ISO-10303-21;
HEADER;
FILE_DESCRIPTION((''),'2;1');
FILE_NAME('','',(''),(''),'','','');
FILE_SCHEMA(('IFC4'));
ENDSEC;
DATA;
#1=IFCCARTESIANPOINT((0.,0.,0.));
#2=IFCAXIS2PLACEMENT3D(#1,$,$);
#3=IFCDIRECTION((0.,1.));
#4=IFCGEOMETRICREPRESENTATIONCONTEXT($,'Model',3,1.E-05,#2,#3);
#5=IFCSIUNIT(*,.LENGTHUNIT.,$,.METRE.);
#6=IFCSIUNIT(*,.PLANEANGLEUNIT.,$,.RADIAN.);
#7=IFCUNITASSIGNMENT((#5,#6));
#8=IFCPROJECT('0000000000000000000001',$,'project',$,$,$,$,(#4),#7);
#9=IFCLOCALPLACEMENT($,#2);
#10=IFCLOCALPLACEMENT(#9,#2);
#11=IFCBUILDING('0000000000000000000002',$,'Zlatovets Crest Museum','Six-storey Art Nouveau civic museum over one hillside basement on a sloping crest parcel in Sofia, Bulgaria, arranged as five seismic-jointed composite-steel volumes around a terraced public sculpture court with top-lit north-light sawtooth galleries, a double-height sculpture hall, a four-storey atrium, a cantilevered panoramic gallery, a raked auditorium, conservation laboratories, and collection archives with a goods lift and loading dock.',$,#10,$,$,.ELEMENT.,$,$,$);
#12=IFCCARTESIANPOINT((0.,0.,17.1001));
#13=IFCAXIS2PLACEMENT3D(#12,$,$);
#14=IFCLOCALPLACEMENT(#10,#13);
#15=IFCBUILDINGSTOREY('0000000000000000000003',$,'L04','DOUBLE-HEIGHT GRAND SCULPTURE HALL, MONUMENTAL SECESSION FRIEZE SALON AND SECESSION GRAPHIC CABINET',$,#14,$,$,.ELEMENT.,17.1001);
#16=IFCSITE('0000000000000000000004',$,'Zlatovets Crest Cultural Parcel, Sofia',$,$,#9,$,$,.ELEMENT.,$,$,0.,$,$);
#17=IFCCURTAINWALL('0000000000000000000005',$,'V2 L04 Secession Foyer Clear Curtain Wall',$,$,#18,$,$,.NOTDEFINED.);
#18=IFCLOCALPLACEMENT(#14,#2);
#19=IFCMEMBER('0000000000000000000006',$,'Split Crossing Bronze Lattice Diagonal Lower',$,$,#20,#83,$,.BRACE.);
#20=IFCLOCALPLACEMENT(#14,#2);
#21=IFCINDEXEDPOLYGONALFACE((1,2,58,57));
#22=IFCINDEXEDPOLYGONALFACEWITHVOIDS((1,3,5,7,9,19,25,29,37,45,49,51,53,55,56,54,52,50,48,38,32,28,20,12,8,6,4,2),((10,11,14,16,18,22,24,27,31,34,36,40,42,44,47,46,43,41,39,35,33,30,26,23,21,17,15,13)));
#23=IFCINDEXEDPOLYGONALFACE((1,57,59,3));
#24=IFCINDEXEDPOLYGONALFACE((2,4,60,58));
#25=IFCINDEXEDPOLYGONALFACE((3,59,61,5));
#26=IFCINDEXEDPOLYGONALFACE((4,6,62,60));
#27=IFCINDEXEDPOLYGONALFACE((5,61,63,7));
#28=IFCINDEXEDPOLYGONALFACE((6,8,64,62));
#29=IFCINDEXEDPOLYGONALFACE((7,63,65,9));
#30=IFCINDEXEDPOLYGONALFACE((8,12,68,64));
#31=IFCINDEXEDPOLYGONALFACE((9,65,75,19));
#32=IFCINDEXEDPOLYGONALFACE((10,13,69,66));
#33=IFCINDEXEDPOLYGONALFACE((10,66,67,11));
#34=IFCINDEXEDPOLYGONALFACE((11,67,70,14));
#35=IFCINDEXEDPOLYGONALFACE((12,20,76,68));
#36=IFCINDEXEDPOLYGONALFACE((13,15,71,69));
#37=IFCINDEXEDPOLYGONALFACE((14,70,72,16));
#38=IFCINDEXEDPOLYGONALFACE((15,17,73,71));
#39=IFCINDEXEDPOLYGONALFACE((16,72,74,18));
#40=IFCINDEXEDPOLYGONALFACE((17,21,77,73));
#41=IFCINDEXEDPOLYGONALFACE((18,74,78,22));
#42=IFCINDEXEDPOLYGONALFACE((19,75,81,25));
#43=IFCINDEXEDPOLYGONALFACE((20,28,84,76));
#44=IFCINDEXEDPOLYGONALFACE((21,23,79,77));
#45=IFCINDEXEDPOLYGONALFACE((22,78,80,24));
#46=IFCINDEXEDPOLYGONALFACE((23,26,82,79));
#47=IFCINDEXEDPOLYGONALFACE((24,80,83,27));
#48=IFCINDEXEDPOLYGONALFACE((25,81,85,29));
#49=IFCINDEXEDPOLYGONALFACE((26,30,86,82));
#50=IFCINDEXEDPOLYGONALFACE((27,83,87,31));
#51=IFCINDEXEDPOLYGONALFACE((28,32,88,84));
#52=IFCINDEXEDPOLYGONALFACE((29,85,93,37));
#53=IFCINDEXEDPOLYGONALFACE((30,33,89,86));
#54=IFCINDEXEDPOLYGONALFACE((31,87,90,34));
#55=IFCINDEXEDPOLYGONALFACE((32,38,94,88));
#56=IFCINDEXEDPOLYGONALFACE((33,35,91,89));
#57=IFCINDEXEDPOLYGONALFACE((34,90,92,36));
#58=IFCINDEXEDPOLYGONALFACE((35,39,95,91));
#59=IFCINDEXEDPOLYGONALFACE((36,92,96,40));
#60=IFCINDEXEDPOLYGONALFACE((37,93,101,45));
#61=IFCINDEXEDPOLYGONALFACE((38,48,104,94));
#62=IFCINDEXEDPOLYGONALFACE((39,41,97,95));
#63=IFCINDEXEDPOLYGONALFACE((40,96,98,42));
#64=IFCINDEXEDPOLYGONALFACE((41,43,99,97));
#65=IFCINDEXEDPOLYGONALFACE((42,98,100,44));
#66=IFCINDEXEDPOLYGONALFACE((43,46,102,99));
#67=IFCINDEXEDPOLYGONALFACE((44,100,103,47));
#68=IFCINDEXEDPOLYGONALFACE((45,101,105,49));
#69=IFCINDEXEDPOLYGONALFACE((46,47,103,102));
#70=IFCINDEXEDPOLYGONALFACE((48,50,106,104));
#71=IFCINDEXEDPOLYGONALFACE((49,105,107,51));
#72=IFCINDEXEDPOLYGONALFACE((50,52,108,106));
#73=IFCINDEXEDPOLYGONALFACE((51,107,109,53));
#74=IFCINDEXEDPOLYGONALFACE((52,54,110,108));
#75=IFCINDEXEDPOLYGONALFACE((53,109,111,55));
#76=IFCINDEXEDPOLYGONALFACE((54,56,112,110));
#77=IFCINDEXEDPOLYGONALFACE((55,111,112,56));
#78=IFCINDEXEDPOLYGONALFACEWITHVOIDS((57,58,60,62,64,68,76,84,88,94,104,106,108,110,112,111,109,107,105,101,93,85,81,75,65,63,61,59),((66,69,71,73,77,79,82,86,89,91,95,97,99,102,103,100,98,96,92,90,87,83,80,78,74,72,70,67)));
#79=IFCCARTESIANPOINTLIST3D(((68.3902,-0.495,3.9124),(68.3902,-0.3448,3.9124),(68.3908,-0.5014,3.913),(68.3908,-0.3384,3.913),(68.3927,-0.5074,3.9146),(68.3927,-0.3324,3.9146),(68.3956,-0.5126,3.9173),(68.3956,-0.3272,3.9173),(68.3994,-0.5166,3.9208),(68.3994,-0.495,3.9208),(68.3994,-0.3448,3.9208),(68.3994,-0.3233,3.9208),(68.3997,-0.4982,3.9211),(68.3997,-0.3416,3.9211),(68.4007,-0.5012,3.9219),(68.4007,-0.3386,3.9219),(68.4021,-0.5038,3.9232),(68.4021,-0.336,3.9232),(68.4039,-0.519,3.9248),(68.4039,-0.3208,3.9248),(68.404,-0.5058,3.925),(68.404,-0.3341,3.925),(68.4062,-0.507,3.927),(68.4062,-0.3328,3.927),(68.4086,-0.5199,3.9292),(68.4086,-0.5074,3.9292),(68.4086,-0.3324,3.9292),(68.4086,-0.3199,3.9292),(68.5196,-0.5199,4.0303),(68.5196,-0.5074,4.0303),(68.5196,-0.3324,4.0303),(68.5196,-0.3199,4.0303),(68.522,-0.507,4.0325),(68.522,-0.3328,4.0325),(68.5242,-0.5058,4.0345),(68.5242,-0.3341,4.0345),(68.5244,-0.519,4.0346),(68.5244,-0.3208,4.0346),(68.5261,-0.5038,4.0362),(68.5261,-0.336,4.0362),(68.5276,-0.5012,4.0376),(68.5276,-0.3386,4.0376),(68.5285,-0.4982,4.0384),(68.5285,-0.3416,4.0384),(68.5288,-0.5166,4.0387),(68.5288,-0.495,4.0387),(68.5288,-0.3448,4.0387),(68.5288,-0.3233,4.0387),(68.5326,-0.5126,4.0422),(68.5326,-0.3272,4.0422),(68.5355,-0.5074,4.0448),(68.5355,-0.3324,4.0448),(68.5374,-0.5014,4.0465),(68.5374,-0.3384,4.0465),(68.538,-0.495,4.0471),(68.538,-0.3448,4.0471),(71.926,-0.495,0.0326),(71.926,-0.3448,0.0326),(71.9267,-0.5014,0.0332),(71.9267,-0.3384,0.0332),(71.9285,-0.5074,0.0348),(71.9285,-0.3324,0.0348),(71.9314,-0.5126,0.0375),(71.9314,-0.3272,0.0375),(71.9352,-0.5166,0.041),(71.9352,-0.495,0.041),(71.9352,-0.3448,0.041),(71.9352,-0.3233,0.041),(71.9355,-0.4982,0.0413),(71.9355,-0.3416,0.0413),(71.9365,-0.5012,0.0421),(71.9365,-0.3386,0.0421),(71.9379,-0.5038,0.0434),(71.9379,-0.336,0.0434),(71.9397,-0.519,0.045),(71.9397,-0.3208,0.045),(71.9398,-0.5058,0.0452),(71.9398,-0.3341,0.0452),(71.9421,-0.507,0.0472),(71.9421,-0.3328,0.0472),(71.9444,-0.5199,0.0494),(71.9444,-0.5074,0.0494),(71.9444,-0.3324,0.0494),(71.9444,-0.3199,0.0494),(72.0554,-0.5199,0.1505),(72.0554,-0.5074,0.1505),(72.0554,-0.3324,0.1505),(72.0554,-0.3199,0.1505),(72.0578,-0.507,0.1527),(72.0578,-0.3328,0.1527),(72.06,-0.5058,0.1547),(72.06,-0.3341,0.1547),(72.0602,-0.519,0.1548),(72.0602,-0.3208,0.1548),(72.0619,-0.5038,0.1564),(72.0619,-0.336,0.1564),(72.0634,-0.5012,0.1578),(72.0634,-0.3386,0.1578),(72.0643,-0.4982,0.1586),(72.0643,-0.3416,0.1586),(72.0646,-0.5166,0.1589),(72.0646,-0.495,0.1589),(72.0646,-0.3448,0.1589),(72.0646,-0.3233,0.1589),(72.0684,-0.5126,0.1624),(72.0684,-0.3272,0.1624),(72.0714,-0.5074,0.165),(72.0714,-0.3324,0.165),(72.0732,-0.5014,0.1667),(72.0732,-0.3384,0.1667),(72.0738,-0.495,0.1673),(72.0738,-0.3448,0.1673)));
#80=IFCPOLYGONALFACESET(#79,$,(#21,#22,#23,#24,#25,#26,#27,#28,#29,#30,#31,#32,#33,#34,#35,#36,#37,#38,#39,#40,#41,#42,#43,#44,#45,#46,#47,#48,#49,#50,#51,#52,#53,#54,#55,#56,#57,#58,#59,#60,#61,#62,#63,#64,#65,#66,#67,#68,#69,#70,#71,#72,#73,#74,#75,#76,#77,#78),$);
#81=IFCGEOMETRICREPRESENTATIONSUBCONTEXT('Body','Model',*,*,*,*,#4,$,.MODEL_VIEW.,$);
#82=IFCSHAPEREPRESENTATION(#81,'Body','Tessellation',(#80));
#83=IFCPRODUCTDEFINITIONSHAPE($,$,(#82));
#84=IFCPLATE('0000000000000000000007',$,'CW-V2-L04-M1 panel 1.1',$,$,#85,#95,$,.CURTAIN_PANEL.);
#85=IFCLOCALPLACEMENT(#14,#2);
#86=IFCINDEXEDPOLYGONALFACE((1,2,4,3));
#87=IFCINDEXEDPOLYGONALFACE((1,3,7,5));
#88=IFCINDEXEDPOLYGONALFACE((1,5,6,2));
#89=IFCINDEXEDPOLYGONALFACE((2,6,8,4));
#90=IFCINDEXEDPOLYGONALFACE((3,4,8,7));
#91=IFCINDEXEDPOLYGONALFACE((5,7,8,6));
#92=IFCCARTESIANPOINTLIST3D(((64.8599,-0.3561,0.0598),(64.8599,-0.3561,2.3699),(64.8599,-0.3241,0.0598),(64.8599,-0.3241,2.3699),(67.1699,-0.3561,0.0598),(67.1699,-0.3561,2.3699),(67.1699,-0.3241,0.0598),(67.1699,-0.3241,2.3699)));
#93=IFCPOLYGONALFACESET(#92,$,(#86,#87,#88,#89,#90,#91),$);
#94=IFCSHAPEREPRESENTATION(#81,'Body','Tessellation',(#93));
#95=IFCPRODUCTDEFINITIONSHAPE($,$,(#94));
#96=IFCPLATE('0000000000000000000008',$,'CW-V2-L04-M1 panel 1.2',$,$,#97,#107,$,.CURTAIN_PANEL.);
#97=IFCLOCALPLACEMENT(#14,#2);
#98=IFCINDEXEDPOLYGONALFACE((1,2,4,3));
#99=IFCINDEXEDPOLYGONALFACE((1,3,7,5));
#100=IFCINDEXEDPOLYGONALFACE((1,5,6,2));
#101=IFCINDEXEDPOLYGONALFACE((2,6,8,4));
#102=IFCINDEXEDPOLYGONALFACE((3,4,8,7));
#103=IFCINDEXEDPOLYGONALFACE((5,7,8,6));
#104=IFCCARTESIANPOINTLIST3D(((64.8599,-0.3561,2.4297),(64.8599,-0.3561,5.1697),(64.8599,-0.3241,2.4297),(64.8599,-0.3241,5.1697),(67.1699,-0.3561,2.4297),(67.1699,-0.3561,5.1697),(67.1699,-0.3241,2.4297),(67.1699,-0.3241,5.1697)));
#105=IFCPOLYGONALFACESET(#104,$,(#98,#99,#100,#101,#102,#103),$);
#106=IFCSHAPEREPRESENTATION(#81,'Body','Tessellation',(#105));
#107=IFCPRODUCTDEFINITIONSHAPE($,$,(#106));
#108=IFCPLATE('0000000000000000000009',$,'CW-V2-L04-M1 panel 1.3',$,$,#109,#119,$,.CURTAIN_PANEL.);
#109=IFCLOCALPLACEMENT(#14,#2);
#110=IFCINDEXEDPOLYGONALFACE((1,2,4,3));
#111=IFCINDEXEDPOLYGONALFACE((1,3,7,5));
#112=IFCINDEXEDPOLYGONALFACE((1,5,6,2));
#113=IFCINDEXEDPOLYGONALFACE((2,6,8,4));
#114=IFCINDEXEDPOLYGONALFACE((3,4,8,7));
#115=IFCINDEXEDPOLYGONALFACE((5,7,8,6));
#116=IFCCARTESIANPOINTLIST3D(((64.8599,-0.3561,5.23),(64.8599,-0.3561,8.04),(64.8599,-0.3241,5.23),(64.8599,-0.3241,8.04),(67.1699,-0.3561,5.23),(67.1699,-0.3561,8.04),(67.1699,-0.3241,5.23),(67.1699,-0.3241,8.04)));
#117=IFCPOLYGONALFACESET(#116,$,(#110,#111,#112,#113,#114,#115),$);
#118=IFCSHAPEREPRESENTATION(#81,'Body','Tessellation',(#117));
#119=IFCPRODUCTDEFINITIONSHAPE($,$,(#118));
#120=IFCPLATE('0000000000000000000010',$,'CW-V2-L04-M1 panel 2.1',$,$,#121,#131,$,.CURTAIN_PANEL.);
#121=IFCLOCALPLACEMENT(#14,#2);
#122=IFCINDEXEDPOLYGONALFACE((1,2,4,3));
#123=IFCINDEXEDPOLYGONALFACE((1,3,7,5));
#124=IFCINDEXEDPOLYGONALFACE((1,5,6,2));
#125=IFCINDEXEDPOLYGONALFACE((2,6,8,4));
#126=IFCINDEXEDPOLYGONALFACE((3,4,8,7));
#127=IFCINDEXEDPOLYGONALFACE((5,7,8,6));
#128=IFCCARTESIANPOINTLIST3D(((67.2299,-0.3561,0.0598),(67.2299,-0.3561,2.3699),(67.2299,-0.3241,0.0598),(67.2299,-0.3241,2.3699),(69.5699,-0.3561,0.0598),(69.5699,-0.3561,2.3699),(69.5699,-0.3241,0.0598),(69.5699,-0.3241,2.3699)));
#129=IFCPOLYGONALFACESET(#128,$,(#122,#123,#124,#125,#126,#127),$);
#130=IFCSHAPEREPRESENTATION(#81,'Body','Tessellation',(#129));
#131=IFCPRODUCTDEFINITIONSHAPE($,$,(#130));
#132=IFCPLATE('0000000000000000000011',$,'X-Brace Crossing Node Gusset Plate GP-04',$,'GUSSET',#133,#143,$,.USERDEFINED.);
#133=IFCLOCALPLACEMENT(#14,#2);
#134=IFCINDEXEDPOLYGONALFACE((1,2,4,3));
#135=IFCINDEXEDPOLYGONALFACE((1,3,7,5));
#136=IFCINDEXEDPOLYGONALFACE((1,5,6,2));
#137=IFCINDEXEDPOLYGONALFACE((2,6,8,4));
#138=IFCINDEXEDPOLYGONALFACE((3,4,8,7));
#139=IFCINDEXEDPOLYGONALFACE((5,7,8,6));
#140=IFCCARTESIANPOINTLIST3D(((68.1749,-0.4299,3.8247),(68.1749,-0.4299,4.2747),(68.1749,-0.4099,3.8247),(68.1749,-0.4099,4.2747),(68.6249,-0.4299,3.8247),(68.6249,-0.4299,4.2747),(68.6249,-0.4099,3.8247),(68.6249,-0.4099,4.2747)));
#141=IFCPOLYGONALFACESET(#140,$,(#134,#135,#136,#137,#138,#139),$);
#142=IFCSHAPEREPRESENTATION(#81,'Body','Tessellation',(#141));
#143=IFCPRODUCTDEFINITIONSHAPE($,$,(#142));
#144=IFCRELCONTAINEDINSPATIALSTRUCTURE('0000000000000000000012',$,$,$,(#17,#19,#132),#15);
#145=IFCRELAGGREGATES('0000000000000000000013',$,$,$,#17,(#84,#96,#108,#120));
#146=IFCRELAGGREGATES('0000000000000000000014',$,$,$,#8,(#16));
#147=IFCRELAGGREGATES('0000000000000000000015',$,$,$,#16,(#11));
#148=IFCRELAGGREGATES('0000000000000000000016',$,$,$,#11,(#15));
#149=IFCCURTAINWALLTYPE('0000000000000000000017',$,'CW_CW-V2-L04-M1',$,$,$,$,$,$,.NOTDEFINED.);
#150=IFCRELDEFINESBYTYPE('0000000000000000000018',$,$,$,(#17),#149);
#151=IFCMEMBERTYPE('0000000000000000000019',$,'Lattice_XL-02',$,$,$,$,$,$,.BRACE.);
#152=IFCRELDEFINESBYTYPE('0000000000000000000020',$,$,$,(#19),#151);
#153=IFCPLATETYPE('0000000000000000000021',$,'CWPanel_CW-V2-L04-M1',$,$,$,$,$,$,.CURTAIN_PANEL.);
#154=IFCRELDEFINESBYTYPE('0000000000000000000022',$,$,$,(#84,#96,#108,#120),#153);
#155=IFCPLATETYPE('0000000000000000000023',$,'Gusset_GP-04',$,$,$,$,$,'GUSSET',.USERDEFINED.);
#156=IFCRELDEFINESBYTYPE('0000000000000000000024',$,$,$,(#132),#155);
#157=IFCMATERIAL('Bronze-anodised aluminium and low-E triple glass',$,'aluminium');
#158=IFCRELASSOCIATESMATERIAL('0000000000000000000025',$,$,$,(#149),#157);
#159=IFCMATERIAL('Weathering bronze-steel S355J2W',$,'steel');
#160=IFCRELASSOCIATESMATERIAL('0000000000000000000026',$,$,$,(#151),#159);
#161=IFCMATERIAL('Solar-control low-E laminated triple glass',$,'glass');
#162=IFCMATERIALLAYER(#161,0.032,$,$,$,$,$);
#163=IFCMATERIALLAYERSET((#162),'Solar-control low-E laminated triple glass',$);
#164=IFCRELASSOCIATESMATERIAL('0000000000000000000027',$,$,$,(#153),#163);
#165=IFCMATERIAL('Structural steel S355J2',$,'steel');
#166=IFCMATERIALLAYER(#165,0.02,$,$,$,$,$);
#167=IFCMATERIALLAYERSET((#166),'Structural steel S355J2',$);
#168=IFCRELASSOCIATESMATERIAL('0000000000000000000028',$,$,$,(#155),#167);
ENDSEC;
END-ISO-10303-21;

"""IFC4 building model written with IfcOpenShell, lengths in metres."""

from ifc_helpers import new_model, si_unit, direction, frame, origin, origin_2d, place, context, subcontext, project, spatial, rectangle, hollow_rectangle, extrude, material, layer, layer_set, material_profile, profile_set, type_object, element, aggregate, save


model = new_model("IFC4")

# Units and contexts
model_context = context("Model", 3, precision=1e-05, world=origin(), true_north=direction((0.0, 1.0)))
body_context = subcontext(model_context, "Body", "Model", "MODEL_VIEW")
ifc_project = project(units=[si_unit("LENGTHUNIT", "METRE"), si_unit("PLANEANGLEUNIT", "RADIAN")], contexts=[model_context])

# Site, building, storey
site_placement = place(None, origin())
site = spatial("IfcSite", under=ifc_project, at=site_placement, Name="Zlatovets Crest Cultural Parcel, Sofia", CompositionType="ELEMENT", RefElevation=0.0)
building_placement = place(site_placement, origin())
building = spatial("IfcBuilding", under=site, at=building_placement, Name="Zlatovets Crest Museum", Description="Six-storey Art Nouveau civic museum over one hillside basement on a sloping crest parcel in Sofia, Bulgaria, arranged as five seismic-jointed composite-steel volumes around a terraced public sculpture court with top-lit north-light sawtooth galleries, a double-height sculpture hall, a four-storey atrium, a cantilevered panoramic gallery, a raked auditorium, conservation laboratories, and collection archives with a goods lift and loading dock.", CompositionType="ELEMENT")
storey_placement = place(building_placement, frame((0.0, 0.0, 17.1001)))
storey = spatial("IfcBuildingStorey", under=building, at=storey_placement, Name="L04", Description="DOUBLE-HEIGHT GRAND SCULPTURE HALL, MONUMENTAL SECESSION FRIEZE SALON AND SECESSION GRAPHIC CABINET", CompositionType="ELEMENT", Elevation=17.1001)

# Curtain wall
ifc_material_1 = material(Name="Bronze-anodised aluminium and low-E triple glass", Category="aluminium")
curtain_wall_type = type_object("IfcCurtainWallType", Name="CW_CW-V2-L04-M1", PredefinedType="NOTDEFINED", material=ifc_material_1)
curtain_wall_placement = place(storey_placement, origin())
curtain_wall = element("IfcCurtainWall", 1, at=curtain_wall_placement, inside=storey, type_object=curtain_wall_type, Name="V2 L04 Secession Foyer Clear Curtain Wall", PredefinedType="NOTDEFINED")

# Member
ifc_material_2 = material(Name="Weathering bronze-steel S355J2W", Category="steel")
ifc_material_profile_1 = material_profile(ifc_material_2, hollow_rectangle(XDim=0.2, YDim=0.2, WallThickness=0.0125, InnerFilletRadius=0.0125, OuterFilletRadius=0.0249, at=origin_2d()), Name="SHS 200x200x12.5")
ifc_profile_set_1 = profile_set([ifc_material_profile_1], Name="Weathering bronze-steel S355J2W")
member_type_1 = type_object("IfcMemberType", Name="Lattice_XL-02", PredefinedType="BRACE", material=ifc_profile_set_1)
member_1_placement = place(storey_placement, frame((68.4641, -0.4199, 3.9797), z_axis=(0.673582, 0.0, -0.739112), x_axis=(0.0, 1.0, 0.0)))
element("IfcMember", 2, at=member_1_placement, inside=storey, type_object=member_type_1, Name="Split Crossing Bronze Lattice Diagonal Lower", PredefinedType="BRACE", context=body_context, shape_type="SweptSolid", body=[
    extrude(hollow_rectangle(XDim=0.2, YDim=0.2, WallThickness=0.0125, InnerFilletRadius=0.0125, OuterFilletRadius=0.0249, at=origin_2d()), origin(), (0.0, 0.0, 1.0), 5.2493),
])

# Plates
ifc_material_3 = material(Name="Solar-control low-E laminated triple glass", Category="glass")
ifc_layer_1 = layer(ifc_material_3, 0.032)
ifc_layer_set_1 = layer_set([ifc_layer_1], Name="Solar-control low-E laminated triple glass")
plate_type_1 = type_object("IfcPlateType", Name="CWPanel_CW-V2-L04-M1", PredefinedType="CURTAIN_PANEL", material=ifc_layer_set_1)
plate_1_placement = place(storey_placement, frame((66.0149, -0.3401, 0.0598), z_axis=(0.0, 0.0, 1.0), x_axis=(1.0, 0.0, 0.0)))
plate_1 = element("IfcPlate", 3, at=plate_1_placement, type_object=plate_type_1, Name="CW-V2-L04-M1 panel 1.1", PredefinedType="CURTAIN_PANEL", context=body_context, shape_type="SweptSolid", body=[
    extrude(rectangle(XDim=2.3101, YDim=0.032, at=origin_2d()), origin(), (0.0, 0.0, 1.0), 2.3101),
])
plate_2_placement = place(storey_placement, frame((66.0149, -0.3401, 2.4297), z_axis=(0.0, 0.0, 1.0), x_axis=(1.0, 0.0, 0.0)))
plate_2 = element("IfcPlate", 4, at=plate_2_placement, type_object=plate_type_1, Name="CW-V2-L04-M1 panel 1.2", PredefinedType="CURTAIN_PANEL", context=body_context, shape_type="SweptSolid", body=[
    extrude(rectangle(XDim=2.3101, YDim=0.032, at=origin_2d()), origin(), (0.0, 0.0, 1.0), 2.74),
])
plate_3_placement = place(storey_placement, frame((66.0149, -0.3401, 5.23), z_axis=(0.0, 0.0, 1.0), x_axis=(1.0, 0.0, 0.0)))
plate_3 = element("IfcPlate", 5, at=plate_3_placement, type_object=plate_type_1, Name="CW-V2-L04-M1 panel 1.3", PredefinedType="CURTAIN_PANEL", context=body_context, shape_type="SweptSolid", body=[
    extrude(rectangle(XDim=2.3101, YDim=0.032, at=origin_2d()), origin(), (0.0, 0.0, 1.0), 2.8101),
])
plate_4_placement = place(storey_placement, frame((68.3999, -0.3401, 0.0598), z_axis=(0.0, 0.0, 1.0), x_axis=(1.0, 0.0, 0.0)))
plate_4 = element("IfcPlate", 6, at=plate_4_placement, type_object=plate_type_1, Name="CW-V2-L04-M1 panel 2.1", PredefinedType="CURTAIN_PANEL", context=body_context, shape_type="SweptSolid", body=[
    extrude(rectangle(XDim=2.3401, YDim=0.032, at=origin_2d()), origin(), (0.0, 0.0, 1.0), 2.3101),
])
aggregate(curtain_wall, [plate_1, plate_2, plate_3, plate_4])
ifc_material_4 = material(Name="Structural steel S355J2", Category="steel")
ifc_layer_2 = layer(ifc_material_4, 0.02)
ifc_layer_set_2 = layer_set([ifc_layer_2], Name="Structural steel S355J2")
plate_type_2 = type_object("IfcPlateType", Name="Gusset_GP-04", ElementType="GUSSET", PredefinedType="USERDEFINED", material=ifc_layer_set_2)
plate_5_placement = place(storey_placement, frame((68.3999, -0.4199, 3.8247), z_axis=(0.0, 0.0, 1.0), x_axis=(1.0, 0.0, 0.0)))
element("IfcPlate", 7, at=plate_5_placement, inside=storey, type_object=plate_type_2, Name="X-Brace Crossing Node Gusset Plate GP-04", ObjectType="GUSSET", PredefinedType="USERDEFINED", context=body_context, shape_type="SweptSolid", body=[
    extrude(rectangle(XDim=0.45, YDim=0.02, at=origin_2d()), origin(), (0.0, 0.0, 1.0), 0.45),
])

save(model, "model.ifc")
